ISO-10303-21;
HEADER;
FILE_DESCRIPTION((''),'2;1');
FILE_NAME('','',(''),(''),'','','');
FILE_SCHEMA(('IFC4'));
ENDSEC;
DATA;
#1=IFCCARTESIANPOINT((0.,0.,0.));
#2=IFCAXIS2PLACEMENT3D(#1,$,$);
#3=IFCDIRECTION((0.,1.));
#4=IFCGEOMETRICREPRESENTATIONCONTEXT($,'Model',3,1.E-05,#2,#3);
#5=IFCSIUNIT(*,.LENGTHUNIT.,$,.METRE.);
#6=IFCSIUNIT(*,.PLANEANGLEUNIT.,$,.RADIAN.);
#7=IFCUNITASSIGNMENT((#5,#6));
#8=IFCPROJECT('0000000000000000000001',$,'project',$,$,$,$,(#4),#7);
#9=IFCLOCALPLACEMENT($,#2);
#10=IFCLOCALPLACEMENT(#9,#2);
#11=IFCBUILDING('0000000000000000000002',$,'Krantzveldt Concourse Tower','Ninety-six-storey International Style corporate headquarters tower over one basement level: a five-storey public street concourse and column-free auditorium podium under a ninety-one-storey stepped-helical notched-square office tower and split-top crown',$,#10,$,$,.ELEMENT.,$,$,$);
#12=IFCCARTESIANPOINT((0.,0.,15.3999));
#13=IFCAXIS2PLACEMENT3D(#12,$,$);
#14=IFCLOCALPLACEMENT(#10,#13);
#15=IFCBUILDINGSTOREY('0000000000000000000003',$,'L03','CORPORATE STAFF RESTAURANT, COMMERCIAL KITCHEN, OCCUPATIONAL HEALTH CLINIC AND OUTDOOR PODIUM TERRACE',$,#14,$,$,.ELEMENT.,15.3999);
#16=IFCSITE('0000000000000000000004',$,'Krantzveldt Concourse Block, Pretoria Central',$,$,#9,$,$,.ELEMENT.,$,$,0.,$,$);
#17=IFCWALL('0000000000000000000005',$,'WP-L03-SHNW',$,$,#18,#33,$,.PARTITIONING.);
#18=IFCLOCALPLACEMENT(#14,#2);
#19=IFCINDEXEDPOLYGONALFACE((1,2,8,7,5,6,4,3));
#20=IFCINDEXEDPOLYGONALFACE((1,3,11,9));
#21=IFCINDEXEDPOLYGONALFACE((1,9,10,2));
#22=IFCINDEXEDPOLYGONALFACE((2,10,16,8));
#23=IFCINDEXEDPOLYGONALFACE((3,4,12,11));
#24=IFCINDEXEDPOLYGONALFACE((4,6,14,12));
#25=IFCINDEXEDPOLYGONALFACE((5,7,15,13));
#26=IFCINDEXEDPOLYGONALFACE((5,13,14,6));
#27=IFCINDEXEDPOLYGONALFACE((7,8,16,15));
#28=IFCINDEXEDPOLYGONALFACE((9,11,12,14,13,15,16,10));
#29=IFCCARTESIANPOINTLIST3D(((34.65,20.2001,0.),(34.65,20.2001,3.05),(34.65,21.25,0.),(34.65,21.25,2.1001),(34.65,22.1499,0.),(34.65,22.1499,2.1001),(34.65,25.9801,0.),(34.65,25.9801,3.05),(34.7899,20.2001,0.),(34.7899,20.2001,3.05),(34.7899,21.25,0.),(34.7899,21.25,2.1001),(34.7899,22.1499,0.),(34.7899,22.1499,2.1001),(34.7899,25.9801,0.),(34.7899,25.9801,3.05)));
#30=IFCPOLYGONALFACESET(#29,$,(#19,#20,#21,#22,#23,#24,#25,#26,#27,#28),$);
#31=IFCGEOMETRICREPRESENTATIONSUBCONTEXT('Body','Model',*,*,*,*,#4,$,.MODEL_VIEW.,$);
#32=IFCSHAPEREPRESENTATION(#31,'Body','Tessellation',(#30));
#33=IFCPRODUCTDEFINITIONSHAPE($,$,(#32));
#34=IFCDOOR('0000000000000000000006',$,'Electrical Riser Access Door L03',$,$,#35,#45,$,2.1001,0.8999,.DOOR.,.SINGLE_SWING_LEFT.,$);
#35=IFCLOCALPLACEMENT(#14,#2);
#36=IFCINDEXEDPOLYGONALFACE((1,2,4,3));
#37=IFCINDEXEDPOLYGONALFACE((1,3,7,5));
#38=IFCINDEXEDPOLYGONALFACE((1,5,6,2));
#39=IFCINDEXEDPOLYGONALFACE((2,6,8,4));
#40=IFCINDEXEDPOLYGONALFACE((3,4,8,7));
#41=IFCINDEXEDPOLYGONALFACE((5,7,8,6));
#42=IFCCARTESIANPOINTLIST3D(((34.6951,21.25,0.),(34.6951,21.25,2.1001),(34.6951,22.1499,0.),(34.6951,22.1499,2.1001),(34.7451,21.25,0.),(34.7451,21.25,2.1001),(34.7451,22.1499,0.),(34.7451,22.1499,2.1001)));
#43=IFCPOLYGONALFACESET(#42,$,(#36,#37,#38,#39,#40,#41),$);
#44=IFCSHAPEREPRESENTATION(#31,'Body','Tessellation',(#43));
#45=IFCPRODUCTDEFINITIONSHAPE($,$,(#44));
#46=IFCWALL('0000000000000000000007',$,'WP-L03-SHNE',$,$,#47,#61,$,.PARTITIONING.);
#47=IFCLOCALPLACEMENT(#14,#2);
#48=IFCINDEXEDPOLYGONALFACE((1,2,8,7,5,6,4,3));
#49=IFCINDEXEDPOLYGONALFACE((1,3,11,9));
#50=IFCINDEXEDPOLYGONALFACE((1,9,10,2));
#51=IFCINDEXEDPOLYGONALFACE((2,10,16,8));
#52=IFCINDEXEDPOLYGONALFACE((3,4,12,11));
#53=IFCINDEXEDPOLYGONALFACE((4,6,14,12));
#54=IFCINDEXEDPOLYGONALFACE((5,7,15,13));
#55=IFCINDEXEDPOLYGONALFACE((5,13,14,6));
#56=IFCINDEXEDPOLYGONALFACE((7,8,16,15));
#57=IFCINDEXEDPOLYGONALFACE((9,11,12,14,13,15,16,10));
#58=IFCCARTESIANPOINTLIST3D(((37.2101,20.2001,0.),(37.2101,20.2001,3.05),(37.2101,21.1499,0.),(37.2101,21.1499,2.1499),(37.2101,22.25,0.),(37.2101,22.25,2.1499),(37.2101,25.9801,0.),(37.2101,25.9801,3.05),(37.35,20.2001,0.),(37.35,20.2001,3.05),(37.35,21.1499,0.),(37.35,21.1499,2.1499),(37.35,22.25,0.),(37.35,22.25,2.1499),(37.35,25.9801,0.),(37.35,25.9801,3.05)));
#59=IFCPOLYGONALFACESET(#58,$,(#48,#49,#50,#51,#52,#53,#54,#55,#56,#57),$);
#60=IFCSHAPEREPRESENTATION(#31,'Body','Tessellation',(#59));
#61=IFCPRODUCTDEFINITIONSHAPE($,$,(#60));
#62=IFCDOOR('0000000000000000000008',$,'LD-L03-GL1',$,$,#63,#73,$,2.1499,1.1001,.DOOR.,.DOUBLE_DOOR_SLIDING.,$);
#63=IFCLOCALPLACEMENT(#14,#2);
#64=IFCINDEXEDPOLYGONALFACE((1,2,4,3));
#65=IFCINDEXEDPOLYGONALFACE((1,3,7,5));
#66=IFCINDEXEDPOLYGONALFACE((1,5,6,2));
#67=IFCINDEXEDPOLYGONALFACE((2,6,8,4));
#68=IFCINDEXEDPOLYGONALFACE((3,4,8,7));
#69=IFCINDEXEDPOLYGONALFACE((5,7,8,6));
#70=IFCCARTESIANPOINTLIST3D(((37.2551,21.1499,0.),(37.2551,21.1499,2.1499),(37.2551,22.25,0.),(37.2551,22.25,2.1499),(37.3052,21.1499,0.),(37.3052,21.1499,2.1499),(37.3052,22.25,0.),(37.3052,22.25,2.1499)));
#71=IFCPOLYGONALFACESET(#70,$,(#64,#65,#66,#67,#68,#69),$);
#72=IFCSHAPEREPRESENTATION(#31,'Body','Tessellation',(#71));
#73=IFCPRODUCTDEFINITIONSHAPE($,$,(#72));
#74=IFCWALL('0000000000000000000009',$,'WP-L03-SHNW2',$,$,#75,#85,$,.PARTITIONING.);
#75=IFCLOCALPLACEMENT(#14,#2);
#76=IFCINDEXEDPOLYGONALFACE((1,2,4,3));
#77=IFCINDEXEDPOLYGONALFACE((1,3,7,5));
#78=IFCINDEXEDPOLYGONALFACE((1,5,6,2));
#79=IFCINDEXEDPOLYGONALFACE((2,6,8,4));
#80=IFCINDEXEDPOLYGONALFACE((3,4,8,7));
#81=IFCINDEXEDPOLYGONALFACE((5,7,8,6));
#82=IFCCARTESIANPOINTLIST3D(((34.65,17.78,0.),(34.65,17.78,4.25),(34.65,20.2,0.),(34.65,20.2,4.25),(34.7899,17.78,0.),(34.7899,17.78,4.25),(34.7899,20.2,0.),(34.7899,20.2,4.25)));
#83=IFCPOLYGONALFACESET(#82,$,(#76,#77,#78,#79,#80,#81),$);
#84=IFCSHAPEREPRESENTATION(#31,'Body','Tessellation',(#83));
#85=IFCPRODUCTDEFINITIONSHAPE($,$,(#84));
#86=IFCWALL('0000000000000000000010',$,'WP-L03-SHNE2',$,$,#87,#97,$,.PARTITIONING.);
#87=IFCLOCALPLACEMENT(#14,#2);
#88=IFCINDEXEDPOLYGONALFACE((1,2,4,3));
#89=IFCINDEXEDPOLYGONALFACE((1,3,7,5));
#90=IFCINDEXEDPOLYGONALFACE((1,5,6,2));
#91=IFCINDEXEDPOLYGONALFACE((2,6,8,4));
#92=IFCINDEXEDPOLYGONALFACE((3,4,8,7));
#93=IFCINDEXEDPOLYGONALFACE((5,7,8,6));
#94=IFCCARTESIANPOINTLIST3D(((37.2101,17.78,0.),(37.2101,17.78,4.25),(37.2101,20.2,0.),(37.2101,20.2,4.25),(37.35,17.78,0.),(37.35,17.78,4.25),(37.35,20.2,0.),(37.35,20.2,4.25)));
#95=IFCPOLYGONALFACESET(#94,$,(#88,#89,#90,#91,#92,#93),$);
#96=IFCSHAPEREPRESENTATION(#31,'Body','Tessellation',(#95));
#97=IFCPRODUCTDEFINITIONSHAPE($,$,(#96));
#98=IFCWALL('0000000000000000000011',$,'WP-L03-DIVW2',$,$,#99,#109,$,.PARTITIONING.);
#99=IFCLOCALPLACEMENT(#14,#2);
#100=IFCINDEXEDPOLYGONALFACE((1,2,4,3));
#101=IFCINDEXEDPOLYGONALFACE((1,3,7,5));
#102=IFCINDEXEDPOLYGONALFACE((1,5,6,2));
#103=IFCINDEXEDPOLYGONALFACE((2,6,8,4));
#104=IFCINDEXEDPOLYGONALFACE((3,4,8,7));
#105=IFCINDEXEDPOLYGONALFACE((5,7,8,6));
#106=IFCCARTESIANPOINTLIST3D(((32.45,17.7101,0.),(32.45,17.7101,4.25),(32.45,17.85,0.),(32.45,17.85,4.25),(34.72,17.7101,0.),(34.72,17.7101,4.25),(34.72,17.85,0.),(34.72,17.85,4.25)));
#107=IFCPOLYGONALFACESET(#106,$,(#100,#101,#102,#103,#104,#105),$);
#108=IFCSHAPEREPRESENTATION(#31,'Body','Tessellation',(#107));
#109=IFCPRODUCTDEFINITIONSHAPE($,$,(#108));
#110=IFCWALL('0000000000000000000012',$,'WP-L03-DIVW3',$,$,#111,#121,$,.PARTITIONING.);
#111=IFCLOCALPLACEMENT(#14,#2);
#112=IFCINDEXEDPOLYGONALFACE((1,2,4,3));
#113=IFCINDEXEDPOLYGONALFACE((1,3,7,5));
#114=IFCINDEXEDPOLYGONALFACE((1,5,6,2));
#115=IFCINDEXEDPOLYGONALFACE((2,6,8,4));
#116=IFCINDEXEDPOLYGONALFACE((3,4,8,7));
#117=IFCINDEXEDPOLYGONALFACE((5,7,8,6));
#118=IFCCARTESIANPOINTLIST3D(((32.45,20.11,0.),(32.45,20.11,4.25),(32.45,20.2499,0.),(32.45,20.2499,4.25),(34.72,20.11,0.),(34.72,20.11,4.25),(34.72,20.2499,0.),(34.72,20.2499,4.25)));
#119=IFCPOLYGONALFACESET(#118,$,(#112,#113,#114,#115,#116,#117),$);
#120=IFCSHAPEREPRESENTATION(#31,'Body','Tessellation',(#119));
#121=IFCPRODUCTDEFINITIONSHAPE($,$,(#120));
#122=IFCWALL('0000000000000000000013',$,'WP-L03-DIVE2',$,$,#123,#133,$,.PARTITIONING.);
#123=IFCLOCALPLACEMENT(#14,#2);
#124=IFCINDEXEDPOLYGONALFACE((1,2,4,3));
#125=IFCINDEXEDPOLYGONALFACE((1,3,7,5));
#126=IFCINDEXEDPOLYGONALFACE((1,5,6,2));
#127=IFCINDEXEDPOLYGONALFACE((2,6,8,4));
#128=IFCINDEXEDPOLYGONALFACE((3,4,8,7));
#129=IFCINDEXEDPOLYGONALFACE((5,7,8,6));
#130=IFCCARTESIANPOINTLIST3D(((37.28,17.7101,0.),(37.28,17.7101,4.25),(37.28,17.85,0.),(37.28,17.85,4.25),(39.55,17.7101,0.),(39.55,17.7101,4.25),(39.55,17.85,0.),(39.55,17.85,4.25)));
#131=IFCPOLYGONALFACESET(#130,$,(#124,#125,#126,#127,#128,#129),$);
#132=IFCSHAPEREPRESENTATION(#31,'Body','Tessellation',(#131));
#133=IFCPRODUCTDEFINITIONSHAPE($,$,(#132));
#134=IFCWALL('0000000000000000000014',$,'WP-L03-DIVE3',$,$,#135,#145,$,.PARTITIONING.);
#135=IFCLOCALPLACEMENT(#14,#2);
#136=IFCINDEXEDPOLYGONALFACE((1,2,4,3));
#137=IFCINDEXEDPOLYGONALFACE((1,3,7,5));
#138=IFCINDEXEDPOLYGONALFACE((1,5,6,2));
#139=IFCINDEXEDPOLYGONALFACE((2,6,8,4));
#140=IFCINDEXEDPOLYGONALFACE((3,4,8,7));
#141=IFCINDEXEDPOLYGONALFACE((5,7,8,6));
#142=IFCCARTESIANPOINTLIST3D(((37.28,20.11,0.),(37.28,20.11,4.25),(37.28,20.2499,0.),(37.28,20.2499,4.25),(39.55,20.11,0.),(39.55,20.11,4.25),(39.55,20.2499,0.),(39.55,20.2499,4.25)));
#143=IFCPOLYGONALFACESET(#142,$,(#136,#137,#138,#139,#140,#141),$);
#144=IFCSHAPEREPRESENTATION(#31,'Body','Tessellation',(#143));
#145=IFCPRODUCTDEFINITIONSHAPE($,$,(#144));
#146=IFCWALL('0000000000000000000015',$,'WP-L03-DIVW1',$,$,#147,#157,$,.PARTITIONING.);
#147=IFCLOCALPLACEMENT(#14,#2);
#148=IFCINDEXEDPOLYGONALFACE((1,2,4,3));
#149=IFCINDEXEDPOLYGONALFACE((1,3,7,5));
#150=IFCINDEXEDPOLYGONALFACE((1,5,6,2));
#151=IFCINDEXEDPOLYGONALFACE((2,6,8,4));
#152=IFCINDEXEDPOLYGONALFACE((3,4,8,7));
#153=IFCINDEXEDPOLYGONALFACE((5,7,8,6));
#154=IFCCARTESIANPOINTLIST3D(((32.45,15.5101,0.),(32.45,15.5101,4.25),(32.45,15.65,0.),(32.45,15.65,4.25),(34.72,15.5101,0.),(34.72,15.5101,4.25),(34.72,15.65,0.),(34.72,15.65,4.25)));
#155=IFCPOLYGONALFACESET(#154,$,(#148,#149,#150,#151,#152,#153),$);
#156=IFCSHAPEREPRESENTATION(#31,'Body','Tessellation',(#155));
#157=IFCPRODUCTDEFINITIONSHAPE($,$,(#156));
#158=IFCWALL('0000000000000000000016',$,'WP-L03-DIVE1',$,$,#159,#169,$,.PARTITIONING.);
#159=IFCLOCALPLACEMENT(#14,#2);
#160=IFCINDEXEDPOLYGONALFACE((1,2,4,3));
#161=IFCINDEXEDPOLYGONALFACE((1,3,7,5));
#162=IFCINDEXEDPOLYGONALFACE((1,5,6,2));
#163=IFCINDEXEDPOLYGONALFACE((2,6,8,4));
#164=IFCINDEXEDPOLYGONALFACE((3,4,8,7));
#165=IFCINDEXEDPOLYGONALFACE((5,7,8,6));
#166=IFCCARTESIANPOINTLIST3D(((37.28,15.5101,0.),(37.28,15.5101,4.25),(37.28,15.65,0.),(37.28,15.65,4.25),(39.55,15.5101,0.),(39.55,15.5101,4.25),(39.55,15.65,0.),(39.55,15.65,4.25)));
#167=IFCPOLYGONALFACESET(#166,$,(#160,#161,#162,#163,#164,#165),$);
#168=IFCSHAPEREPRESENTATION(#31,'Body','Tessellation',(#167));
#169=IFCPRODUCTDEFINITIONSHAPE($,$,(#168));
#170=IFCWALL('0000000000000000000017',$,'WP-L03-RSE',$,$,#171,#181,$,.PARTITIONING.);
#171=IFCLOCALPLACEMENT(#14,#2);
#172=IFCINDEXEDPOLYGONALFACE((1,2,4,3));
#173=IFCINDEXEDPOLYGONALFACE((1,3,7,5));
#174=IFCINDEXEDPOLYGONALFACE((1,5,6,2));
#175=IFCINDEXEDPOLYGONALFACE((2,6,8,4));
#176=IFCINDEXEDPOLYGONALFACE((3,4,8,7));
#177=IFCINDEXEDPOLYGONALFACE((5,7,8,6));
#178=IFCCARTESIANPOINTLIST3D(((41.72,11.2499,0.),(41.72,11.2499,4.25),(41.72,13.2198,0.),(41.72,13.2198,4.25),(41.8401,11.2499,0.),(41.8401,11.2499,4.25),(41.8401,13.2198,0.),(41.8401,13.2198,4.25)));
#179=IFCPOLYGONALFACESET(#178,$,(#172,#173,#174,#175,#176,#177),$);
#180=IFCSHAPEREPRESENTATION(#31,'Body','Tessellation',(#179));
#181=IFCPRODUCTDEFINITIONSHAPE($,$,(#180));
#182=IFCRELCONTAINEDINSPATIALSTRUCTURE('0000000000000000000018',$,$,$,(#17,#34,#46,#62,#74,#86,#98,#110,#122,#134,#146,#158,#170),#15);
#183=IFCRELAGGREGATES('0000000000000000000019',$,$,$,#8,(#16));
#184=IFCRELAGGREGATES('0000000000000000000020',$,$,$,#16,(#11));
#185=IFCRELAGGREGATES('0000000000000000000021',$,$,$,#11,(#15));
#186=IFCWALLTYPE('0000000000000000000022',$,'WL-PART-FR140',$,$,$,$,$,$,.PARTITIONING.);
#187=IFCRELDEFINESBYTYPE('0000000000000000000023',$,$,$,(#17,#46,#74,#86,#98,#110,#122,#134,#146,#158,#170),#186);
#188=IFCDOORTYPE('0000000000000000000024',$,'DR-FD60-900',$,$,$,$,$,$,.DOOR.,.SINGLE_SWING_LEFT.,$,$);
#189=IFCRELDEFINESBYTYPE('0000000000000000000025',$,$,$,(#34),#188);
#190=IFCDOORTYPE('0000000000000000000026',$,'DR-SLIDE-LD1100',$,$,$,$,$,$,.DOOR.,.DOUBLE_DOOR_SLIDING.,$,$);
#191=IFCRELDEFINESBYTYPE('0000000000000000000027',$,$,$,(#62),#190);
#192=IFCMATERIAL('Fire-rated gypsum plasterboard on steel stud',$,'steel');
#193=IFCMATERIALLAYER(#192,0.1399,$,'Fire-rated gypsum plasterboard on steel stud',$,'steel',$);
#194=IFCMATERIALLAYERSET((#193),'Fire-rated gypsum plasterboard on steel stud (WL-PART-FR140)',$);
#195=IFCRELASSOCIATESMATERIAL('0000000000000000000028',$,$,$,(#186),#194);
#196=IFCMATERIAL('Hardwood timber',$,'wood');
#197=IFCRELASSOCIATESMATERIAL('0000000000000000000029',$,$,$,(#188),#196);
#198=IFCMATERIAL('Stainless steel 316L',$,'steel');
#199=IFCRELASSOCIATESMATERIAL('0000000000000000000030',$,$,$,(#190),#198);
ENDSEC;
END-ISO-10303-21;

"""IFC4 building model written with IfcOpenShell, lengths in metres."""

from ifc_helpers import new_model, si_unit, direction, frame, frame_2d, origin, place, context, subcontext, project, spatial, rectangle, extrude, material, layer, layer_set, type_object, element, fill, save


model = new_model("IFC4")

# Units and contexts
model_context = context("Model", 3, precision=1e-05, world=origin(), true_north=direction((0.0, 1.0)))
body_context = subcontext(model_context, "Body", "Model", "MODEL_VIEW")
ifc_project = project(units=[si_unit("LENGTHUNIT", "METRE"), si_unit("PLANEANGLEUNIT", "RADIAN")], contexts=[model_context])

# Site, building, storey
site_placement = place(None, origin())
site = spatial("IfcSite", under=ifc_project, at=site_placement, Name="Krantzveldt Concourse Block, Pretoria Central", CompositionType="ELEMENT", RefElevation=0.0)
building_placement = place(site_placement, origin())
building = spatial("IfcBuilding", under=site, at=building_placement, Name="Krantzveldt Concourse Tower", Description="Ninety-six-storey International Style corporate headquarters tower over one basement level: a five-storey public street concourse and column-free auditorium podium under a ninety-one-storey stepped-helical notched-square office tower and split-top crown", CompositionType="ELEMENT")
storey_placement = place(building_placement, frame((0.0, 0.0, 15.3999)))
storey = spatial("IfcBuildingStorey", under=building, at=storey_placement, Name="L03", Description="CORPORATE STAFF RESTAURANT, COMMERCIAL KITCHEN, OCCUPATIONAL HEALTH CLINIC AND OUTDOOR PODIUM TERRACE", CompositionType="ELEMENT", Elevation=15.3999)

# Walls, openings, doors
ifc_material_1 = material(Name="Fire-rated gypsum plasterboard on steel stud", Category="steel")
ifc_layer_1 = layer(ifc_material_1, 0.1399, Name="Fire-rated gypsum plasterboard on steel stud", Category="steel")
ifc_layer_set_1 = layer_set([ifc_layer_1], Name="Fire-rated gypsum plasterboard on steel stud (WL-PART-FR140)")
wall_type_1 = type_object("IfcWallType", Name="WL-PART-FR140", PredefinedType="PARTITIONING", material=ifc_layer_set_1)
wall_1_placement = place(storey_placement, frame((34.72, 20.2, 0.0), z_axis=(0.0, 0.0, 1.0), x_axis=(0.0, 1.0, 0.0)))
wall_1 = element("IfcWall", 1, at=wall_1_placement, inside=storey, type_object=wall_type_1, Name="WP-L03-SHNW", PredefinedType="PARTITIONING", context=body_context, shape_type="SweptSolid", body=[
    extrude(rectangle(XDim=5.78, YDim=0.1399, at=frame_2d((2.8901, 0.0))), origin(), (0.0, 0.0, 1.0), 3.05),
])
opening_1_placement = place(wall_1_placement, frame((1.05, 0.0, 0.0)))
opening_1 = element("IfcOpeningElement", 2, at=opening_1_placement, cuts=wall_1, PredefinedType="OPENING", context=body_context, shape_type="SweptSolid", body=[
    extrude(rectangle(XDim=0.8999, YDim=2.1001, at=frame_2d((0.45, 1.05))), frame((0.0, 0.0801, 0.0), z_axis=(0.0, -1.0, 0.0), x_axis=(1.0, 0.0, 0.0)), (0.0, 0.0, 1.0), 0.1599),
])
ifc_material_2 = material(Name="Hardwood timber", Category="wood")
door_type_1 = type_object("IfcDoorType", Name="DR-FD60-900", OperationType="SINGLE_SWING_LEFT", PredefinedType="DOOR", material=ifc_material_2)
door_1_placement = place(opening_1_placement, origin())
door_1 = element("IfcDoor", 3, at=door_1_placement, inside=storey, type_object=door_type_1, Name="Electrical Riser Access Door L03", OperationType="SINGLE_SWING_LEFT", OverallHeight=2.1001, OverallWidth=0.8999, PredefinedType="DOOR", context=body_context, shape_type="SweptSolid", body=[
    extrude(rectangle(XDim=0.8999, YDim=2.1001, at=frame_2d((0.45, 1.05))), frame((0.0, 0.0249, 0.0), z_axis=(0.0, -1.0, 0.0), x_axis=(1.0, 0.0, 0.0)), (0.0, 0.0, 1.0), 0.05),
])
fill(opening_1, door_1)
wall_2_placement = place(storey_placement, frame((37.28, 20.2, 0.0), z_axis=(0.0, 0.0, 1.0), x_axis=(0.0, 1.0, 0.0)))
wall_2 = element("IfcWall", 4, at=wall_2_placement, inside=storey, type_object=wall_type_1, Name="WP-L03-SHNE", PredefinedType="PARTITIONING", context=body_context, shape_type="SweptSolid", body=[
    extrude(rectangle(XDim=5.78, YDim=0.1399, at=frame_2d((2.8901, 0.0))), origin(), (0.0, 0.0, 1.0), 3.05),
])
opening_2_placement = place(wall_2_placement, frame((0.95, 0.0, 0.0)))
opening_2 = element("IfcOpeningElement", 5, at=opening_2_placement, cuts=wall_2, PredefinedType="OPENING", context=body_context, shape_type="SweptSolid", body=[
    extrude(rectangle(XDim=1.1001, YDim=2.1499, at=frame_2d((0.55, 1.075))), frame((0.0, 0.0801, 0.0), z_axis=(0.0, -1.0, 0.0), x_axis=(1.0, 0.0, 0.0)), (0.0, 0.0, 1.0), 0.1599),
])
ifc_material_3 = material(Name="Stainless steel 316L", Category="steel")
door_type_2 = type_object("IfcDoorType", Name="DR-SLIDE-LD1100", OperationType="DOUBLE_DOOR_SLIDING", PredefinedType="DOOR", material=ifc_material_3)
door_2_placement = place(opening_2_placement, origin())
door_2 = element("IfcDoor", 6, at=door_2_placement, inside=storey, type_object=door_type_2, Name="LD-L03-GL1", OperationType="DOUBLE_DOOR_SLIDING", OverallHeight=2.1499, OverallWidth=1.1001, PredefinedType="DOOR", context=body_context, shape_type="SweptSolid", body=[
    extrude(rectangle(XDim=1.1001, YDim=2.1499, at=frame_2d((0.55, 1.075))), frame((0.0, 0.0249, 0.0), z_axis=(0.0, -1.0, 0.0), x_axis=(1.0, 0.0, 0.0)), (0.0, 0.0, 1.0), 0.05),
])
fill(opening_2, door_2)

# Walls
for number, where, z_axis, x_axis, name in (
    (7, (34.72, 17.78, 0.0), (0.0, 0.0, 1.0), (0.0, 1.0, 0.0), "WP-L03-SHNW2"),
    (8, (37.28, 17.78, 0.0), (0.0, 0.0, 1.0), (0.0, 1.0, 0.0), "WP-L03-SHNE2"),
):
    element("IfcWall", number, at=place(storey_placement, frame(where, z_axis=z_axis, x_axis=x_axis)), inside=storey, type_object=wall_type_1, Name=name, PredefinedType="PARTITIONING", context=body_context, shape_type="SweptSolid", body=[
        extrude(rectangle(XDim=2.4199, YDim=0.1399, at=frame_2d((1.21, 0.0))), origin(), (0.0, 0.0, 1.0), 4.25),
    ])
for number, where, z_axis, x_axis, name in (
    (9, (32.45, 17.78, 0.0), (0.0, 0.0, 1.0), (1.0, 0.0, 0.0), "WP-L03-DIVW2"),
    (10, (32.45, 20.1799, 0.0), (0.0, 0.0, 1.0), (1.0, 0.0, 0.0), "WP-L03-DIVW3"),
    (11, (37.28, 17.78, 0.0), (0.0, 0.0, 1.0), (1.0, 0.0, 0.0), "WP-L03-DIVE2"),
    (12, (37.28, 20.1799, 0.0), (0.0, 0.0, 1.0), (1.0, 0.0, 0.0), "WP-L03-DIVE3"),
):
    element("IfcWall", number, at=place(storey_placement, frame(where, z_axis=z_axis, x_axis=x_axis)), inside=storey, type_object=wall_type_1, Name=name, PredefinedType="PARTITIONING", context=body_context, shape_type="SweptSolid", body=[
        extrude(rectangle(XDim=2.27, YDim=0.1399, at=frame_2d((1.135, 0.0))), origin(), (0.0, 0.0, 1.0), 4.25),
    ])

# Wall
wall_3_placement = place(storey_placement, frame((32.45, 15.5801, 0.0), z_axis=(0.0, 0.0, 1.0), x_axis=(1.0, 0.0, 0.0)))
element("IfcWall", 13, at=wall_3_placement, inside=storey, type_object=wall_type_1, Name="WP-L03-DIVW1", PredefinedType="PARTITIONING", context=body_context, shape_type="SweptSolid", body=[
    extrude(rectangle(XDim=2.27, YDim=0.1399, at=frame_2d((1.135, 0.0))), origin(), (0.0, 0.0, 1.0), 4.25),
])

# Walls
wall_4_placement = place(storey_placement, frame((37.28, 15.5801, 0.0), z_axis=(0.0, 0.0, 1.0), x_axis=(1.0, 0.0, 0.0)))
element("IfcWall", 14, at=wall_4_placement, inside=storey, type_object=wall_type_1, Name="WP-L03-DIVE1", PredefinedType="PARTITIONING", context=body_context, shape_type="SweptSolid", body=[
    extrude(rectangle(XDim=2.27, YDim=0.1399, at=frame_2d((1.135, 0.0))), origin(), (0.0, 0.0, 1.0), 4.25),
])
wall_5_placement = place(storey_placement, frame((41.78, 11.25, 0.0), z_axis=(0.0, 0.0, 1.0), x_axis=(0.0, 1.0, 0.0)))
element("IfcWall", 15, at=wall_5_placement, inside=storey, type_object=wall_type_1, Name="WP-L03-RSE", PredefinedType="PARTITIONING", context=body_context, shape_type="SweptSolid", body=[
    extrude(rectangle(XDim=1.97, YDim=0.1201, at=frame_2d((0.9849, 0.0))), origin(), (0.0, 0.0, 1.0), 4.25),
])

save(model, "model.ifc")
